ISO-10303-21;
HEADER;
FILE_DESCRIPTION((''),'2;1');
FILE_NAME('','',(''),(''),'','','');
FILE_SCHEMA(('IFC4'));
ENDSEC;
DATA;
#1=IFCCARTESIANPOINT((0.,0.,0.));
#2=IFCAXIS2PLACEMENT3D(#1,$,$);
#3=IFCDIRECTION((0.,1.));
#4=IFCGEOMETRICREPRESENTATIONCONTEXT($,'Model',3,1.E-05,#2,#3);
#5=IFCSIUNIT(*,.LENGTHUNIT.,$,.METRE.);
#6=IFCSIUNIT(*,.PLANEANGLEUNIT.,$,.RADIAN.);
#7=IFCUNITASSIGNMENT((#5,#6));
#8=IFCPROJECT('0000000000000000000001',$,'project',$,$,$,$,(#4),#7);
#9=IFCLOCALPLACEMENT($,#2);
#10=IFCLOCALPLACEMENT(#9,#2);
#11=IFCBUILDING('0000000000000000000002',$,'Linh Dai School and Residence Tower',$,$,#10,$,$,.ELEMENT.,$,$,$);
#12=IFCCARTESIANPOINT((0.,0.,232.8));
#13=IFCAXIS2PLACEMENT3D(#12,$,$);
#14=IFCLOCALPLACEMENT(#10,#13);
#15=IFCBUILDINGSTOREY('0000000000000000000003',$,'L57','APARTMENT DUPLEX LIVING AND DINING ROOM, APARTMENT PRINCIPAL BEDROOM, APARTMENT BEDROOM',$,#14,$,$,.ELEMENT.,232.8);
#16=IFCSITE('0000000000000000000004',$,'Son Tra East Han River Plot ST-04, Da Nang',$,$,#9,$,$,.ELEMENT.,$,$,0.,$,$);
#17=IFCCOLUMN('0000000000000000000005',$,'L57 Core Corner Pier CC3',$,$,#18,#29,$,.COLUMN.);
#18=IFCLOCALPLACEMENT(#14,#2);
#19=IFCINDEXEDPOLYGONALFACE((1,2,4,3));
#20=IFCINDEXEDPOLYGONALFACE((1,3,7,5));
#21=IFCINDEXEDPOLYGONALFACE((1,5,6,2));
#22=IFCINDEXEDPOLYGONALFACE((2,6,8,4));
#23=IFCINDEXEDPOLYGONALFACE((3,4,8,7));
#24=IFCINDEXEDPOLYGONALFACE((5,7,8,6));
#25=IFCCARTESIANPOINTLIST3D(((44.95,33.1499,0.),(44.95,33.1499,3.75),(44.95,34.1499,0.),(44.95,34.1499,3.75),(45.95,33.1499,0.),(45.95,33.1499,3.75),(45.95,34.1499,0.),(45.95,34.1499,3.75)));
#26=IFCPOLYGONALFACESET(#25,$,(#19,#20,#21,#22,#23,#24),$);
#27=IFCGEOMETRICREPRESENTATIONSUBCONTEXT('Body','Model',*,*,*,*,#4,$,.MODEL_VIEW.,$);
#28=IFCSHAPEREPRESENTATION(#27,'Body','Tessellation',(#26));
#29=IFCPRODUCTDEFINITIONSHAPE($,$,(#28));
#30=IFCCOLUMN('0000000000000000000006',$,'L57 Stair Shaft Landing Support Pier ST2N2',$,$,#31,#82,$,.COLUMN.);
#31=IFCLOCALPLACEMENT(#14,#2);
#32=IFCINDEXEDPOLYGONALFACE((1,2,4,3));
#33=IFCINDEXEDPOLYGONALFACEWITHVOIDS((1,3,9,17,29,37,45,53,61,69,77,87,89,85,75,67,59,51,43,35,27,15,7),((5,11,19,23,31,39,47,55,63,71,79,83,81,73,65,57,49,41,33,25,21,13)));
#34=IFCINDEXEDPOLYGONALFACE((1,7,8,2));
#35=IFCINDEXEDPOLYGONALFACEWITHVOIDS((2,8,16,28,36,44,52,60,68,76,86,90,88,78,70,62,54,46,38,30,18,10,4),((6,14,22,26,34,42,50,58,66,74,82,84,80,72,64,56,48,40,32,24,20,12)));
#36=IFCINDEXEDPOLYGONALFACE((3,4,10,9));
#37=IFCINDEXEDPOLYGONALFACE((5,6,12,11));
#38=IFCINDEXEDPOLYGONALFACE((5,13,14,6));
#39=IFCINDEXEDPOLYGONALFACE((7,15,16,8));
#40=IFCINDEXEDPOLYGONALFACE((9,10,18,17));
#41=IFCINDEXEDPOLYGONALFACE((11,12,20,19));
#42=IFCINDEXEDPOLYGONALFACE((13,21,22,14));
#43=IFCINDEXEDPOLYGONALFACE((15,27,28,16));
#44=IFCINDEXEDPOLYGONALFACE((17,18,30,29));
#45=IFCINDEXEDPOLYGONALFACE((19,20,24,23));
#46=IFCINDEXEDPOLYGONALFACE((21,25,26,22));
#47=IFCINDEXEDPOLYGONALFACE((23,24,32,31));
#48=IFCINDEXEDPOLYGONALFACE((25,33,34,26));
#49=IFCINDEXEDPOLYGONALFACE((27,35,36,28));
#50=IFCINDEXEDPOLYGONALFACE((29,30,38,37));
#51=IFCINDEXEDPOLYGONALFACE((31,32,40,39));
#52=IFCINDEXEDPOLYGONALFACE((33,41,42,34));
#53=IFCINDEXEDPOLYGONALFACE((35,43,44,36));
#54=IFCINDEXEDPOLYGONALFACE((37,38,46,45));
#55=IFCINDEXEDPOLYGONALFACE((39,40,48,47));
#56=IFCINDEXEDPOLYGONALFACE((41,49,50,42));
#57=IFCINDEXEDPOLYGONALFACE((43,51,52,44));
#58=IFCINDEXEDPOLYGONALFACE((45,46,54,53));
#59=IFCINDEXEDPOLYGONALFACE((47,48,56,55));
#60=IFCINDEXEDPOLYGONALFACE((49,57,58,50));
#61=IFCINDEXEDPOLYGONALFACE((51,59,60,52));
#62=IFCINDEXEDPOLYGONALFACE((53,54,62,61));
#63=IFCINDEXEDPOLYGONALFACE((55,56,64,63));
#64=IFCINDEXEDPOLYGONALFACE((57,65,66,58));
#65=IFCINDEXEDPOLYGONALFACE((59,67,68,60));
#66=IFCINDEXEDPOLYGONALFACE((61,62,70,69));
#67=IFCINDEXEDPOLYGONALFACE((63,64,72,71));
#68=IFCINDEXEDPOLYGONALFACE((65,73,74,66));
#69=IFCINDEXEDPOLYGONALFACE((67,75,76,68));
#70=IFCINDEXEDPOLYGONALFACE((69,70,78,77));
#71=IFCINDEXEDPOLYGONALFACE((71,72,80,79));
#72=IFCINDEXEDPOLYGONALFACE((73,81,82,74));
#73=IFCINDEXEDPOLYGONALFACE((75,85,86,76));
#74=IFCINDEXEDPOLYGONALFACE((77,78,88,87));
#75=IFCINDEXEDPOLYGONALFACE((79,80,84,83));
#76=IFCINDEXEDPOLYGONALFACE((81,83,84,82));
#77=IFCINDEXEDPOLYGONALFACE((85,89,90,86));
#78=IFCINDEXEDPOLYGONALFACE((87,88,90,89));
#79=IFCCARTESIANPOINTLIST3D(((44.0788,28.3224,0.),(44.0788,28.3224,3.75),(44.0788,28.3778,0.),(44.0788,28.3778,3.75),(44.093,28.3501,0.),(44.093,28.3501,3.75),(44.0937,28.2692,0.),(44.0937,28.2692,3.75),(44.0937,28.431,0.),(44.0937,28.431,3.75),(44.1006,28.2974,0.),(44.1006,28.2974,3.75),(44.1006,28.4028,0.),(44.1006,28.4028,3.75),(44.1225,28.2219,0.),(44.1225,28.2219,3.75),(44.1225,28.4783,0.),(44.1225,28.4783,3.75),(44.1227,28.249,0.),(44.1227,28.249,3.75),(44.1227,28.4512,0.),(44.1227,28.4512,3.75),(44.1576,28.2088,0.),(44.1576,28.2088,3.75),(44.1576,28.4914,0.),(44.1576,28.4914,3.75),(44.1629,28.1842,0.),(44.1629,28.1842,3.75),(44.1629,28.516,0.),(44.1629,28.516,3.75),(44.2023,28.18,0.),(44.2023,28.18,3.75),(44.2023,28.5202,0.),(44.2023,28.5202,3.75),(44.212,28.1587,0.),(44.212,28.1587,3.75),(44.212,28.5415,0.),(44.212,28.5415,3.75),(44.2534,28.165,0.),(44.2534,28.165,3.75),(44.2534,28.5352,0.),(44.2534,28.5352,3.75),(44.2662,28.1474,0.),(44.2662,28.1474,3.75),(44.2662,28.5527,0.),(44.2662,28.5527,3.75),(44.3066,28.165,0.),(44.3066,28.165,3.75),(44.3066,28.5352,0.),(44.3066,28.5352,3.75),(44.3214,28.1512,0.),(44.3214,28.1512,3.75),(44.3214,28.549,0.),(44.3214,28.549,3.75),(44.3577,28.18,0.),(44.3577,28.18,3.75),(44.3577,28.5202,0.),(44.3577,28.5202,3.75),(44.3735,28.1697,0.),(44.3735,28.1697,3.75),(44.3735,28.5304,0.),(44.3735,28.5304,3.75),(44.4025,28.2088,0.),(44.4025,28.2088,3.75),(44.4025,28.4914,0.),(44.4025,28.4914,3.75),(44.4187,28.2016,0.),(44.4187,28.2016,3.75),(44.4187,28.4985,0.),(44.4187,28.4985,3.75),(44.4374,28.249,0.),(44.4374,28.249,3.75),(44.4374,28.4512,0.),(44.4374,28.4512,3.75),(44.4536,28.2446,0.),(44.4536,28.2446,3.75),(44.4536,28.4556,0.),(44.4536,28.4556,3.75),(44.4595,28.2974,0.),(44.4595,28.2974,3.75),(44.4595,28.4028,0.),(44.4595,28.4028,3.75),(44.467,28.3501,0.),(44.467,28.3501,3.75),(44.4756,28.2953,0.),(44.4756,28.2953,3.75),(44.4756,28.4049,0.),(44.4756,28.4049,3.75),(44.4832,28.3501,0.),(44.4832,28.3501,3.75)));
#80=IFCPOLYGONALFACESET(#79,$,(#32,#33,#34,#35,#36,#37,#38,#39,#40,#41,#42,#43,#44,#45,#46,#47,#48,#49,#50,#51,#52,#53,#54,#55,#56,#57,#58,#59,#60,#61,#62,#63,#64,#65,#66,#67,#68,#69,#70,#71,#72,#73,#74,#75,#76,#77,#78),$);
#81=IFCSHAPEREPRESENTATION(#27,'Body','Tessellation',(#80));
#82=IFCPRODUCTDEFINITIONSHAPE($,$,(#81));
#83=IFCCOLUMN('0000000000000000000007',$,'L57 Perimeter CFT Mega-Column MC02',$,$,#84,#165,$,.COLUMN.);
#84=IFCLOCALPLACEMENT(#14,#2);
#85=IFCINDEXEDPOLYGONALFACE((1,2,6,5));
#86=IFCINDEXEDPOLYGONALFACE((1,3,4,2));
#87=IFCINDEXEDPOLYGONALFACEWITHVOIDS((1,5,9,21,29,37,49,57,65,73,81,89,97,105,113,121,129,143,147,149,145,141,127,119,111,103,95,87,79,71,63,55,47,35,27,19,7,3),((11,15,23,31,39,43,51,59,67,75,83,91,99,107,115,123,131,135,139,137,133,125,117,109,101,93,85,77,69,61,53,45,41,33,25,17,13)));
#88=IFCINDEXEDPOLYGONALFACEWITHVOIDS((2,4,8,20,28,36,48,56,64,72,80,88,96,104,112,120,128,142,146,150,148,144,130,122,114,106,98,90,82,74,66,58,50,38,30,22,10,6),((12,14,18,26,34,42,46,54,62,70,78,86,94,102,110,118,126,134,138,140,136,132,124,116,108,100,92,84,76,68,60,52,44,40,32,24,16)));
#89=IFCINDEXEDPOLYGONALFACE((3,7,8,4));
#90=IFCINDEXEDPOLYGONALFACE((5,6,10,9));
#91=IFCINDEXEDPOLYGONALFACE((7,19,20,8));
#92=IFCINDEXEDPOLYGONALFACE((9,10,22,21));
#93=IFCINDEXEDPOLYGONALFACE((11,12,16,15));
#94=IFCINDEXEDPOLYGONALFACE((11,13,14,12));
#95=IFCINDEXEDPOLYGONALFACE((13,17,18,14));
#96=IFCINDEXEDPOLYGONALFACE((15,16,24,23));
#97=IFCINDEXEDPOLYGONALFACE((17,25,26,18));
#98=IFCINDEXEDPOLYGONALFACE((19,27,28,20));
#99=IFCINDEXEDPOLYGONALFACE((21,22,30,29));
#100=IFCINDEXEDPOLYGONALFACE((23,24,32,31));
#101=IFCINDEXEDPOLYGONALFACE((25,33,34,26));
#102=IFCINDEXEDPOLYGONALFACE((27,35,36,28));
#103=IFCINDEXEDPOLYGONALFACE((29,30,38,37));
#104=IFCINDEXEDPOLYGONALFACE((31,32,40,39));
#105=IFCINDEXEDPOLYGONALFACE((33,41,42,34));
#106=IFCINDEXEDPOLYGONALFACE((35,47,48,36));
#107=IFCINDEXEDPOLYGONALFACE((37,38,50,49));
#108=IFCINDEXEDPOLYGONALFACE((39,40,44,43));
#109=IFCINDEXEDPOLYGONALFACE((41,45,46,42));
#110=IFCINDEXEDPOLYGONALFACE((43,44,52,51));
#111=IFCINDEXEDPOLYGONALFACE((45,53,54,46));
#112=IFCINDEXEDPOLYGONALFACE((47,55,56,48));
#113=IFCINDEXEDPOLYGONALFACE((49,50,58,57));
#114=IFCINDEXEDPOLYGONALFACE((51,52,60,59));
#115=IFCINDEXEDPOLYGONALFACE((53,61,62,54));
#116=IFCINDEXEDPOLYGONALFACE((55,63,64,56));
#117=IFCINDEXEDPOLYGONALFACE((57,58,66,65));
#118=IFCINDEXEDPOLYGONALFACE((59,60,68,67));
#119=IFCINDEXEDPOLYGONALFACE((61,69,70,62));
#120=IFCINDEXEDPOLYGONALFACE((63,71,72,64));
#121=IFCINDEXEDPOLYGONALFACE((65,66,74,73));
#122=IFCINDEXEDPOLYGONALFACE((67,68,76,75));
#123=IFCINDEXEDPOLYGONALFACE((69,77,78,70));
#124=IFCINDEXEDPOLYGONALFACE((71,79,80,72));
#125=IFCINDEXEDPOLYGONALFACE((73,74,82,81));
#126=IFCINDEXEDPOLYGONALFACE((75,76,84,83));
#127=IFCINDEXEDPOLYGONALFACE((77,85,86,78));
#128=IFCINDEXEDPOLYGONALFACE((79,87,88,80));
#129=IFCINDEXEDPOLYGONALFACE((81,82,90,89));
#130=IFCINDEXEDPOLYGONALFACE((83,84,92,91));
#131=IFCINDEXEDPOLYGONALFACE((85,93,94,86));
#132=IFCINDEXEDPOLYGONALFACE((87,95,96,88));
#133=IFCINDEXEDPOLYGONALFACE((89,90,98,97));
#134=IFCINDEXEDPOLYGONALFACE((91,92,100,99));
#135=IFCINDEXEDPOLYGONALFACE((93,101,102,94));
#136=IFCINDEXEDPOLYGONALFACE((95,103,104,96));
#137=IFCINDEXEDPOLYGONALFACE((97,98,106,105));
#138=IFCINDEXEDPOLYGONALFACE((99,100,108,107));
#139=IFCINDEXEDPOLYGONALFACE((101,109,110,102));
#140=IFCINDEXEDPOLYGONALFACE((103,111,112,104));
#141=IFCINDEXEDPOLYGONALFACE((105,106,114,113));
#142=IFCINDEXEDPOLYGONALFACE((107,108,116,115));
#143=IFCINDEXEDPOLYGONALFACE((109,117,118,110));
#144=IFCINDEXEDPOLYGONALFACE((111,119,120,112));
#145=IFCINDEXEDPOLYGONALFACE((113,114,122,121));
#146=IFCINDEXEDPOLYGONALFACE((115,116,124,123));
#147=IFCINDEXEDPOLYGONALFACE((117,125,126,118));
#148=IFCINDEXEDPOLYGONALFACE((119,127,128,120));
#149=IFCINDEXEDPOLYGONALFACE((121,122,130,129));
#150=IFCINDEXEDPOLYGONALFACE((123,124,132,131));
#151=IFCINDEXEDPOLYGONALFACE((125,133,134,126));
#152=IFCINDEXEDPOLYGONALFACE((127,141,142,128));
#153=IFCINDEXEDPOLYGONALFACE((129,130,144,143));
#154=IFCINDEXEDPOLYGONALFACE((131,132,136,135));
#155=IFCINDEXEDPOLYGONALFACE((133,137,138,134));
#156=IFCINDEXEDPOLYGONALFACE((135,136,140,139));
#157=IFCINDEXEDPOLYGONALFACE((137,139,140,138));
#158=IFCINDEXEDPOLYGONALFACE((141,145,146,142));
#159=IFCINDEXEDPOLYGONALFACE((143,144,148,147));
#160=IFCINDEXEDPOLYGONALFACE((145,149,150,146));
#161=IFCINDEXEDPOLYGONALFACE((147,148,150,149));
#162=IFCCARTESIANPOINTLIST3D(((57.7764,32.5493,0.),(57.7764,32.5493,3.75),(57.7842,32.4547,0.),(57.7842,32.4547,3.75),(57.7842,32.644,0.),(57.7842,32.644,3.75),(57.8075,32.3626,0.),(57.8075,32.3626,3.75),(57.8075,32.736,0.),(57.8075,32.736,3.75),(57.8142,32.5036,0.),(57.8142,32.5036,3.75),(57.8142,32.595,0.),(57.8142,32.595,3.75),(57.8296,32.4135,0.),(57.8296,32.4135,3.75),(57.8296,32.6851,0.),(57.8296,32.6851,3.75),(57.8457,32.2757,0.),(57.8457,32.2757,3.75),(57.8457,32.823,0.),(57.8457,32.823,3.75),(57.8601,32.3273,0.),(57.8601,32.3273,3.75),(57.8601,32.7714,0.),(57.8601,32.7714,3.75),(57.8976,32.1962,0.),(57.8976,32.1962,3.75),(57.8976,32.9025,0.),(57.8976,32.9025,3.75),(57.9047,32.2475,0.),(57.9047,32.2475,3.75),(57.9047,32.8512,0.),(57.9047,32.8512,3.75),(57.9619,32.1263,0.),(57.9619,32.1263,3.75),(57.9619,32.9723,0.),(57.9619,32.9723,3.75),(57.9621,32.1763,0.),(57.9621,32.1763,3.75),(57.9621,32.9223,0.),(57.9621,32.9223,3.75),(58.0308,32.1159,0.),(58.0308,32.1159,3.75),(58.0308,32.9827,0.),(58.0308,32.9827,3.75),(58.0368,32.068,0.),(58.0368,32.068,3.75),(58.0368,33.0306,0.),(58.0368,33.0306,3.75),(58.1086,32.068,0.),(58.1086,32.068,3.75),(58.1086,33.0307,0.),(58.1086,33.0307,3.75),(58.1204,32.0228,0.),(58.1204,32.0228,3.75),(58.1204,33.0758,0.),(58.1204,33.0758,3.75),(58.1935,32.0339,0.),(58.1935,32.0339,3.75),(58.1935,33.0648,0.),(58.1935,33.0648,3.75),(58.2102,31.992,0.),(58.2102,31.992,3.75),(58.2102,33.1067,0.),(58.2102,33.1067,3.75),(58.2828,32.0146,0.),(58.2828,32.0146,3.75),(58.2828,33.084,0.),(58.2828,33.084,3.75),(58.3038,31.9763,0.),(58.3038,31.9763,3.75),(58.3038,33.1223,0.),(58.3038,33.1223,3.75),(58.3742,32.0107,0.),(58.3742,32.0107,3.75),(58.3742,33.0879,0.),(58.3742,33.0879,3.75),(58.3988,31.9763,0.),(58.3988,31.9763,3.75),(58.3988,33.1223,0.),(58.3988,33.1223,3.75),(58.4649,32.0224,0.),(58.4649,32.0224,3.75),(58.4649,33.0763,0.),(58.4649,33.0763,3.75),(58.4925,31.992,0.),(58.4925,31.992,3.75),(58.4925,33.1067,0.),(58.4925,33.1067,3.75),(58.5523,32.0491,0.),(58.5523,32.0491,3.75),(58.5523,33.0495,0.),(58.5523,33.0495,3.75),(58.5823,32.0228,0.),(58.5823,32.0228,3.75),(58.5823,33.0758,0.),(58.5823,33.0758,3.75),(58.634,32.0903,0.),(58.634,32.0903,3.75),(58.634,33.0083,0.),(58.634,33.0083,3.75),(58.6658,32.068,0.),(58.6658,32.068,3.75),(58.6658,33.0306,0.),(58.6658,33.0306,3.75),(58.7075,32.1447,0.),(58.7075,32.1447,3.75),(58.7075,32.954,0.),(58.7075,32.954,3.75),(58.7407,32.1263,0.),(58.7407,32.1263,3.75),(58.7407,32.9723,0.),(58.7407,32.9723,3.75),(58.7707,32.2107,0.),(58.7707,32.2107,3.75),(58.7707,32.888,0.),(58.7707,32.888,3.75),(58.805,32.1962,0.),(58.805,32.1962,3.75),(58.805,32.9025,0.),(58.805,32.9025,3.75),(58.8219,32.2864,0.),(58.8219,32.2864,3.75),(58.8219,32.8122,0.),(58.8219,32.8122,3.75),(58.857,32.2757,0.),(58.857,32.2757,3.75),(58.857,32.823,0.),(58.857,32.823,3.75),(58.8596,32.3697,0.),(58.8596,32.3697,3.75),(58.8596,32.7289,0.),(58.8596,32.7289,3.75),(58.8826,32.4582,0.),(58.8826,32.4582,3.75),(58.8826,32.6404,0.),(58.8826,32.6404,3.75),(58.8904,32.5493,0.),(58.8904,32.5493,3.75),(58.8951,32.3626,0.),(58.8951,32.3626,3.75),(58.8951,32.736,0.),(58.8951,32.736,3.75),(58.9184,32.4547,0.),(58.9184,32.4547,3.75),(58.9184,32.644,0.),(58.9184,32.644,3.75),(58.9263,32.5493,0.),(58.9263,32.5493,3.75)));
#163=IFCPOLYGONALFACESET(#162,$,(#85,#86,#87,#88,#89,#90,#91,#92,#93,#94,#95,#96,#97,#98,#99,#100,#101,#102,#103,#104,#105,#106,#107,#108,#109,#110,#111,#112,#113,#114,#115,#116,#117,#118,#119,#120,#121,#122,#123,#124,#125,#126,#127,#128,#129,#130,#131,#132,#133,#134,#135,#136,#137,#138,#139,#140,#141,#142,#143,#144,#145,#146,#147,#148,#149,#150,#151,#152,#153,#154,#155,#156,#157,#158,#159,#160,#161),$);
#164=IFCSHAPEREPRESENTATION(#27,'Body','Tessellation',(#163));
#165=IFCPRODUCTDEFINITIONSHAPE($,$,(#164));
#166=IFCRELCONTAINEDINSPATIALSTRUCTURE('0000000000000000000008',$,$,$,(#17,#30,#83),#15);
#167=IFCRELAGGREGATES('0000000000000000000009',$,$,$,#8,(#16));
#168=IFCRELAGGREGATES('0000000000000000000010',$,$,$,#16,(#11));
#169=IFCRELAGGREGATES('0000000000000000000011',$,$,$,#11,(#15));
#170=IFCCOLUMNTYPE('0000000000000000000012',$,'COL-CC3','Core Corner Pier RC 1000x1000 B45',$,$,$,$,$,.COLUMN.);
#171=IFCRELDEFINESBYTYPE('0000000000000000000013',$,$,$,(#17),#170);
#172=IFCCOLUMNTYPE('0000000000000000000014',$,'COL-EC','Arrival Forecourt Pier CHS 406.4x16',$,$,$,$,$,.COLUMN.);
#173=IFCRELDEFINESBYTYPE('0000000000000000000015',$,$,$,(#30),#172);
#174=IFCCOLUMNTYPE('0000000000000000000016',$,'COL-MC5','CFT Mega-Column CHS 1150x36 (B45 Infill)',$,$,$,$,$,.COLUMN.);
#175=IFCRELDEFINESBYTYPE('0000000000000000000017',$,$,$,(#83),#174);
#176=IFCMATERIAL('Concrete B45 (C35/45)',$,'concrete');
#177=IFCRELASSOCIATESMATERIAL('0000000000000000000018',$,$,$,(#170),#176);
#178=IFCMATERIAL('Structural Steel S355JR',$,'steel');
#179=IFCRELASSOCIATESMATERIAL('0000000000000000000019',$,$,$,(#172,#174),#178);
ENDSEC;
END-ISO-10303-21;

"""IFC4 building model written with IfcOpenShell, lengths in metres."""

from ifc_helpers import new_model, si_unit, direction, frame, origin, origin_2d, place, context, subcontext, project, spatial, rectangle, hollow_circle, extrude, material, material_profile, profile_set, type_object, element, save


model = new_model("IFC4")

# Units and contexts
model_context = context("Model", 3, precision=1e-05, world=origin(), true_north=direction((0.0, 1.0)))
body_context = subcontext(model_context, "Body", "Model", "MODEL_VIEW")
ifc_project = project(units=[si_unit("LENGTHUNIT", "METRE"), si_unit("PLANEANGLEUNIT", "RADIAN")], contexts=[model_context])

# Site, building, storey
site_placement = place(None, origin())
site = spatial("IfcSite", under=ifc_project, at=site_placement, Name="Son Tra East Han River Plot ST-04, Da Nang", CompositionType="ELEMENT", RefElevation=0.0)
building_placement = place(site_placement, origin())
building = spatial("IfcBuilding", under=site, at=building_placement, Name="Linh Dai School and Residence Tower", CompositionType="ELEMENT")
storey_placement = place(building_placement, frame((0.0, 0.0, 232.8)))
storey = spatial("IfcBuildingStorey", under=building, at=storey_placement, Name="L57", Description="APARTMENT DUPLEX LIVING AND DINING ROOM, APARTMENT PRINCIPAL BEDROOM, APARTMENT BEDROOM", CompositionType="ELEMENT", Elevation=232.8)

# Columns
ifc_material_1 = material(Name="Concrete B45 (C35/45)", Category="concrete")
ifc_material_profile_1 = material_profile(ifc_material_1, rectangle(XDim=1.0, YDim=1.0, at=origin_2d()), Name="RC 1000x1000")
ifc_profile_set_1 = profile_set([ifc_material_profile_1], Name="Concrete B45 (C35/45)")
column_type_1 = type_object("IfcColumnType", Name="COL-CC3", Description="Core Corner Pier RC 1000x1000 B45", PredefinedType="COLUMN", material=ifc_profile_set_1)
column_1_placement = place(storey_placement, frame((45.45, 33.6499, 0.0), z_axis=(0.0, 0.0, 1.0), x_axis=(1.0, 0.0, 0.0)))
element("IfcColumn", 1, at=column_1_placement, inside=storey, type_object=column_type_1, Name="L57 Core Corner Pier CC3", PredefinedType="COLUMN", context=body_context, shape_type="SweptSolid", body=[
    extrude(rectangle(XDim=1.0, YDim=1.0, at=origin_2d()), origin(), (0.0, 0.0, 1.0), 3.75),
])
ifc_material_2 = material(Name="Structural Steel S355JR", Category="steel")
ifc_material_profile_2 = material_profile(ifc_material_2, hollow_circle(Radius=0.2031, WallThickness=0.0161, at=origin_2d()), Name="CHS 406.4x16")
ifc_profile_set_2 = profile_set([ifc_material_profile_2], Name="Structural Steel S355JR")
column_type_2 = type_object("IfcColumnType", Name="COL-EC", Description="Arrival Forecourt Pier CHS 406.4x16", PredefinedType="COLUMN", material=ifc_profile_set_2)
column_2_placement = place(storey_placement, frame((44.28, 28.3501, 0.0), z_axis=(0.0, 0.0, 1.0), x_axis=(1.0, 0.0, 0.0)))
element("IfcColumn", 2, at=column_2_placement, inside=storey, type_object=column_type_2, Name="L57 Stair Shaft Landing Support Pier ST2N2", PredefinedType="COLUMN", context=body_context, shape_type="SweptSolid", body=[
    extrude(hollow_circle(Radius=0.2031, WallThickness=0.0161, at=origin_2d()), origin(), (0.0, 0.0, 1.0), 3.75),
])
ifc_material_profile_3 = material_profile(ifc_material_2, hollow_circle(Radius=0.575, WallThickness=0.0359, at=origin_2d()), Name="CHS 1150x36")
ifc_profile_set_3 = profile_set([ifc_material_profile_3], Name="Structural Steel S355JR")
column_type_3 = type_object("IfcColumnType", Name="COL-MC5", Description="CFT Mega-Column CHS 1150x36 (B45 Infill)", PredefinedType="COLUMN", material=ifc_profile_set_3)
column_3_placement = place(storey_placement, frame((58.3513, 32.5493, 0.0), z_axis=(0.0, 0.0, 1.0), x_axis=(1.0, 0.0, 0.0)))
element("IfcColumn", 3, at=column_3_placement, inside=storey, type_object=column_type_3, Name="L57 Perimeter CFT Mega-Column MC02", PredefinedType="COLUMN", context=body_context, shape_type="SweptSolid", body=[
    extrude(hollow_circle(Radius=0.575, WallThickness=0.0359, at=origin_2d()), origin(), (0.0, 0.0, 1.0), 3.75),
])

save(model, "model.ifc")
